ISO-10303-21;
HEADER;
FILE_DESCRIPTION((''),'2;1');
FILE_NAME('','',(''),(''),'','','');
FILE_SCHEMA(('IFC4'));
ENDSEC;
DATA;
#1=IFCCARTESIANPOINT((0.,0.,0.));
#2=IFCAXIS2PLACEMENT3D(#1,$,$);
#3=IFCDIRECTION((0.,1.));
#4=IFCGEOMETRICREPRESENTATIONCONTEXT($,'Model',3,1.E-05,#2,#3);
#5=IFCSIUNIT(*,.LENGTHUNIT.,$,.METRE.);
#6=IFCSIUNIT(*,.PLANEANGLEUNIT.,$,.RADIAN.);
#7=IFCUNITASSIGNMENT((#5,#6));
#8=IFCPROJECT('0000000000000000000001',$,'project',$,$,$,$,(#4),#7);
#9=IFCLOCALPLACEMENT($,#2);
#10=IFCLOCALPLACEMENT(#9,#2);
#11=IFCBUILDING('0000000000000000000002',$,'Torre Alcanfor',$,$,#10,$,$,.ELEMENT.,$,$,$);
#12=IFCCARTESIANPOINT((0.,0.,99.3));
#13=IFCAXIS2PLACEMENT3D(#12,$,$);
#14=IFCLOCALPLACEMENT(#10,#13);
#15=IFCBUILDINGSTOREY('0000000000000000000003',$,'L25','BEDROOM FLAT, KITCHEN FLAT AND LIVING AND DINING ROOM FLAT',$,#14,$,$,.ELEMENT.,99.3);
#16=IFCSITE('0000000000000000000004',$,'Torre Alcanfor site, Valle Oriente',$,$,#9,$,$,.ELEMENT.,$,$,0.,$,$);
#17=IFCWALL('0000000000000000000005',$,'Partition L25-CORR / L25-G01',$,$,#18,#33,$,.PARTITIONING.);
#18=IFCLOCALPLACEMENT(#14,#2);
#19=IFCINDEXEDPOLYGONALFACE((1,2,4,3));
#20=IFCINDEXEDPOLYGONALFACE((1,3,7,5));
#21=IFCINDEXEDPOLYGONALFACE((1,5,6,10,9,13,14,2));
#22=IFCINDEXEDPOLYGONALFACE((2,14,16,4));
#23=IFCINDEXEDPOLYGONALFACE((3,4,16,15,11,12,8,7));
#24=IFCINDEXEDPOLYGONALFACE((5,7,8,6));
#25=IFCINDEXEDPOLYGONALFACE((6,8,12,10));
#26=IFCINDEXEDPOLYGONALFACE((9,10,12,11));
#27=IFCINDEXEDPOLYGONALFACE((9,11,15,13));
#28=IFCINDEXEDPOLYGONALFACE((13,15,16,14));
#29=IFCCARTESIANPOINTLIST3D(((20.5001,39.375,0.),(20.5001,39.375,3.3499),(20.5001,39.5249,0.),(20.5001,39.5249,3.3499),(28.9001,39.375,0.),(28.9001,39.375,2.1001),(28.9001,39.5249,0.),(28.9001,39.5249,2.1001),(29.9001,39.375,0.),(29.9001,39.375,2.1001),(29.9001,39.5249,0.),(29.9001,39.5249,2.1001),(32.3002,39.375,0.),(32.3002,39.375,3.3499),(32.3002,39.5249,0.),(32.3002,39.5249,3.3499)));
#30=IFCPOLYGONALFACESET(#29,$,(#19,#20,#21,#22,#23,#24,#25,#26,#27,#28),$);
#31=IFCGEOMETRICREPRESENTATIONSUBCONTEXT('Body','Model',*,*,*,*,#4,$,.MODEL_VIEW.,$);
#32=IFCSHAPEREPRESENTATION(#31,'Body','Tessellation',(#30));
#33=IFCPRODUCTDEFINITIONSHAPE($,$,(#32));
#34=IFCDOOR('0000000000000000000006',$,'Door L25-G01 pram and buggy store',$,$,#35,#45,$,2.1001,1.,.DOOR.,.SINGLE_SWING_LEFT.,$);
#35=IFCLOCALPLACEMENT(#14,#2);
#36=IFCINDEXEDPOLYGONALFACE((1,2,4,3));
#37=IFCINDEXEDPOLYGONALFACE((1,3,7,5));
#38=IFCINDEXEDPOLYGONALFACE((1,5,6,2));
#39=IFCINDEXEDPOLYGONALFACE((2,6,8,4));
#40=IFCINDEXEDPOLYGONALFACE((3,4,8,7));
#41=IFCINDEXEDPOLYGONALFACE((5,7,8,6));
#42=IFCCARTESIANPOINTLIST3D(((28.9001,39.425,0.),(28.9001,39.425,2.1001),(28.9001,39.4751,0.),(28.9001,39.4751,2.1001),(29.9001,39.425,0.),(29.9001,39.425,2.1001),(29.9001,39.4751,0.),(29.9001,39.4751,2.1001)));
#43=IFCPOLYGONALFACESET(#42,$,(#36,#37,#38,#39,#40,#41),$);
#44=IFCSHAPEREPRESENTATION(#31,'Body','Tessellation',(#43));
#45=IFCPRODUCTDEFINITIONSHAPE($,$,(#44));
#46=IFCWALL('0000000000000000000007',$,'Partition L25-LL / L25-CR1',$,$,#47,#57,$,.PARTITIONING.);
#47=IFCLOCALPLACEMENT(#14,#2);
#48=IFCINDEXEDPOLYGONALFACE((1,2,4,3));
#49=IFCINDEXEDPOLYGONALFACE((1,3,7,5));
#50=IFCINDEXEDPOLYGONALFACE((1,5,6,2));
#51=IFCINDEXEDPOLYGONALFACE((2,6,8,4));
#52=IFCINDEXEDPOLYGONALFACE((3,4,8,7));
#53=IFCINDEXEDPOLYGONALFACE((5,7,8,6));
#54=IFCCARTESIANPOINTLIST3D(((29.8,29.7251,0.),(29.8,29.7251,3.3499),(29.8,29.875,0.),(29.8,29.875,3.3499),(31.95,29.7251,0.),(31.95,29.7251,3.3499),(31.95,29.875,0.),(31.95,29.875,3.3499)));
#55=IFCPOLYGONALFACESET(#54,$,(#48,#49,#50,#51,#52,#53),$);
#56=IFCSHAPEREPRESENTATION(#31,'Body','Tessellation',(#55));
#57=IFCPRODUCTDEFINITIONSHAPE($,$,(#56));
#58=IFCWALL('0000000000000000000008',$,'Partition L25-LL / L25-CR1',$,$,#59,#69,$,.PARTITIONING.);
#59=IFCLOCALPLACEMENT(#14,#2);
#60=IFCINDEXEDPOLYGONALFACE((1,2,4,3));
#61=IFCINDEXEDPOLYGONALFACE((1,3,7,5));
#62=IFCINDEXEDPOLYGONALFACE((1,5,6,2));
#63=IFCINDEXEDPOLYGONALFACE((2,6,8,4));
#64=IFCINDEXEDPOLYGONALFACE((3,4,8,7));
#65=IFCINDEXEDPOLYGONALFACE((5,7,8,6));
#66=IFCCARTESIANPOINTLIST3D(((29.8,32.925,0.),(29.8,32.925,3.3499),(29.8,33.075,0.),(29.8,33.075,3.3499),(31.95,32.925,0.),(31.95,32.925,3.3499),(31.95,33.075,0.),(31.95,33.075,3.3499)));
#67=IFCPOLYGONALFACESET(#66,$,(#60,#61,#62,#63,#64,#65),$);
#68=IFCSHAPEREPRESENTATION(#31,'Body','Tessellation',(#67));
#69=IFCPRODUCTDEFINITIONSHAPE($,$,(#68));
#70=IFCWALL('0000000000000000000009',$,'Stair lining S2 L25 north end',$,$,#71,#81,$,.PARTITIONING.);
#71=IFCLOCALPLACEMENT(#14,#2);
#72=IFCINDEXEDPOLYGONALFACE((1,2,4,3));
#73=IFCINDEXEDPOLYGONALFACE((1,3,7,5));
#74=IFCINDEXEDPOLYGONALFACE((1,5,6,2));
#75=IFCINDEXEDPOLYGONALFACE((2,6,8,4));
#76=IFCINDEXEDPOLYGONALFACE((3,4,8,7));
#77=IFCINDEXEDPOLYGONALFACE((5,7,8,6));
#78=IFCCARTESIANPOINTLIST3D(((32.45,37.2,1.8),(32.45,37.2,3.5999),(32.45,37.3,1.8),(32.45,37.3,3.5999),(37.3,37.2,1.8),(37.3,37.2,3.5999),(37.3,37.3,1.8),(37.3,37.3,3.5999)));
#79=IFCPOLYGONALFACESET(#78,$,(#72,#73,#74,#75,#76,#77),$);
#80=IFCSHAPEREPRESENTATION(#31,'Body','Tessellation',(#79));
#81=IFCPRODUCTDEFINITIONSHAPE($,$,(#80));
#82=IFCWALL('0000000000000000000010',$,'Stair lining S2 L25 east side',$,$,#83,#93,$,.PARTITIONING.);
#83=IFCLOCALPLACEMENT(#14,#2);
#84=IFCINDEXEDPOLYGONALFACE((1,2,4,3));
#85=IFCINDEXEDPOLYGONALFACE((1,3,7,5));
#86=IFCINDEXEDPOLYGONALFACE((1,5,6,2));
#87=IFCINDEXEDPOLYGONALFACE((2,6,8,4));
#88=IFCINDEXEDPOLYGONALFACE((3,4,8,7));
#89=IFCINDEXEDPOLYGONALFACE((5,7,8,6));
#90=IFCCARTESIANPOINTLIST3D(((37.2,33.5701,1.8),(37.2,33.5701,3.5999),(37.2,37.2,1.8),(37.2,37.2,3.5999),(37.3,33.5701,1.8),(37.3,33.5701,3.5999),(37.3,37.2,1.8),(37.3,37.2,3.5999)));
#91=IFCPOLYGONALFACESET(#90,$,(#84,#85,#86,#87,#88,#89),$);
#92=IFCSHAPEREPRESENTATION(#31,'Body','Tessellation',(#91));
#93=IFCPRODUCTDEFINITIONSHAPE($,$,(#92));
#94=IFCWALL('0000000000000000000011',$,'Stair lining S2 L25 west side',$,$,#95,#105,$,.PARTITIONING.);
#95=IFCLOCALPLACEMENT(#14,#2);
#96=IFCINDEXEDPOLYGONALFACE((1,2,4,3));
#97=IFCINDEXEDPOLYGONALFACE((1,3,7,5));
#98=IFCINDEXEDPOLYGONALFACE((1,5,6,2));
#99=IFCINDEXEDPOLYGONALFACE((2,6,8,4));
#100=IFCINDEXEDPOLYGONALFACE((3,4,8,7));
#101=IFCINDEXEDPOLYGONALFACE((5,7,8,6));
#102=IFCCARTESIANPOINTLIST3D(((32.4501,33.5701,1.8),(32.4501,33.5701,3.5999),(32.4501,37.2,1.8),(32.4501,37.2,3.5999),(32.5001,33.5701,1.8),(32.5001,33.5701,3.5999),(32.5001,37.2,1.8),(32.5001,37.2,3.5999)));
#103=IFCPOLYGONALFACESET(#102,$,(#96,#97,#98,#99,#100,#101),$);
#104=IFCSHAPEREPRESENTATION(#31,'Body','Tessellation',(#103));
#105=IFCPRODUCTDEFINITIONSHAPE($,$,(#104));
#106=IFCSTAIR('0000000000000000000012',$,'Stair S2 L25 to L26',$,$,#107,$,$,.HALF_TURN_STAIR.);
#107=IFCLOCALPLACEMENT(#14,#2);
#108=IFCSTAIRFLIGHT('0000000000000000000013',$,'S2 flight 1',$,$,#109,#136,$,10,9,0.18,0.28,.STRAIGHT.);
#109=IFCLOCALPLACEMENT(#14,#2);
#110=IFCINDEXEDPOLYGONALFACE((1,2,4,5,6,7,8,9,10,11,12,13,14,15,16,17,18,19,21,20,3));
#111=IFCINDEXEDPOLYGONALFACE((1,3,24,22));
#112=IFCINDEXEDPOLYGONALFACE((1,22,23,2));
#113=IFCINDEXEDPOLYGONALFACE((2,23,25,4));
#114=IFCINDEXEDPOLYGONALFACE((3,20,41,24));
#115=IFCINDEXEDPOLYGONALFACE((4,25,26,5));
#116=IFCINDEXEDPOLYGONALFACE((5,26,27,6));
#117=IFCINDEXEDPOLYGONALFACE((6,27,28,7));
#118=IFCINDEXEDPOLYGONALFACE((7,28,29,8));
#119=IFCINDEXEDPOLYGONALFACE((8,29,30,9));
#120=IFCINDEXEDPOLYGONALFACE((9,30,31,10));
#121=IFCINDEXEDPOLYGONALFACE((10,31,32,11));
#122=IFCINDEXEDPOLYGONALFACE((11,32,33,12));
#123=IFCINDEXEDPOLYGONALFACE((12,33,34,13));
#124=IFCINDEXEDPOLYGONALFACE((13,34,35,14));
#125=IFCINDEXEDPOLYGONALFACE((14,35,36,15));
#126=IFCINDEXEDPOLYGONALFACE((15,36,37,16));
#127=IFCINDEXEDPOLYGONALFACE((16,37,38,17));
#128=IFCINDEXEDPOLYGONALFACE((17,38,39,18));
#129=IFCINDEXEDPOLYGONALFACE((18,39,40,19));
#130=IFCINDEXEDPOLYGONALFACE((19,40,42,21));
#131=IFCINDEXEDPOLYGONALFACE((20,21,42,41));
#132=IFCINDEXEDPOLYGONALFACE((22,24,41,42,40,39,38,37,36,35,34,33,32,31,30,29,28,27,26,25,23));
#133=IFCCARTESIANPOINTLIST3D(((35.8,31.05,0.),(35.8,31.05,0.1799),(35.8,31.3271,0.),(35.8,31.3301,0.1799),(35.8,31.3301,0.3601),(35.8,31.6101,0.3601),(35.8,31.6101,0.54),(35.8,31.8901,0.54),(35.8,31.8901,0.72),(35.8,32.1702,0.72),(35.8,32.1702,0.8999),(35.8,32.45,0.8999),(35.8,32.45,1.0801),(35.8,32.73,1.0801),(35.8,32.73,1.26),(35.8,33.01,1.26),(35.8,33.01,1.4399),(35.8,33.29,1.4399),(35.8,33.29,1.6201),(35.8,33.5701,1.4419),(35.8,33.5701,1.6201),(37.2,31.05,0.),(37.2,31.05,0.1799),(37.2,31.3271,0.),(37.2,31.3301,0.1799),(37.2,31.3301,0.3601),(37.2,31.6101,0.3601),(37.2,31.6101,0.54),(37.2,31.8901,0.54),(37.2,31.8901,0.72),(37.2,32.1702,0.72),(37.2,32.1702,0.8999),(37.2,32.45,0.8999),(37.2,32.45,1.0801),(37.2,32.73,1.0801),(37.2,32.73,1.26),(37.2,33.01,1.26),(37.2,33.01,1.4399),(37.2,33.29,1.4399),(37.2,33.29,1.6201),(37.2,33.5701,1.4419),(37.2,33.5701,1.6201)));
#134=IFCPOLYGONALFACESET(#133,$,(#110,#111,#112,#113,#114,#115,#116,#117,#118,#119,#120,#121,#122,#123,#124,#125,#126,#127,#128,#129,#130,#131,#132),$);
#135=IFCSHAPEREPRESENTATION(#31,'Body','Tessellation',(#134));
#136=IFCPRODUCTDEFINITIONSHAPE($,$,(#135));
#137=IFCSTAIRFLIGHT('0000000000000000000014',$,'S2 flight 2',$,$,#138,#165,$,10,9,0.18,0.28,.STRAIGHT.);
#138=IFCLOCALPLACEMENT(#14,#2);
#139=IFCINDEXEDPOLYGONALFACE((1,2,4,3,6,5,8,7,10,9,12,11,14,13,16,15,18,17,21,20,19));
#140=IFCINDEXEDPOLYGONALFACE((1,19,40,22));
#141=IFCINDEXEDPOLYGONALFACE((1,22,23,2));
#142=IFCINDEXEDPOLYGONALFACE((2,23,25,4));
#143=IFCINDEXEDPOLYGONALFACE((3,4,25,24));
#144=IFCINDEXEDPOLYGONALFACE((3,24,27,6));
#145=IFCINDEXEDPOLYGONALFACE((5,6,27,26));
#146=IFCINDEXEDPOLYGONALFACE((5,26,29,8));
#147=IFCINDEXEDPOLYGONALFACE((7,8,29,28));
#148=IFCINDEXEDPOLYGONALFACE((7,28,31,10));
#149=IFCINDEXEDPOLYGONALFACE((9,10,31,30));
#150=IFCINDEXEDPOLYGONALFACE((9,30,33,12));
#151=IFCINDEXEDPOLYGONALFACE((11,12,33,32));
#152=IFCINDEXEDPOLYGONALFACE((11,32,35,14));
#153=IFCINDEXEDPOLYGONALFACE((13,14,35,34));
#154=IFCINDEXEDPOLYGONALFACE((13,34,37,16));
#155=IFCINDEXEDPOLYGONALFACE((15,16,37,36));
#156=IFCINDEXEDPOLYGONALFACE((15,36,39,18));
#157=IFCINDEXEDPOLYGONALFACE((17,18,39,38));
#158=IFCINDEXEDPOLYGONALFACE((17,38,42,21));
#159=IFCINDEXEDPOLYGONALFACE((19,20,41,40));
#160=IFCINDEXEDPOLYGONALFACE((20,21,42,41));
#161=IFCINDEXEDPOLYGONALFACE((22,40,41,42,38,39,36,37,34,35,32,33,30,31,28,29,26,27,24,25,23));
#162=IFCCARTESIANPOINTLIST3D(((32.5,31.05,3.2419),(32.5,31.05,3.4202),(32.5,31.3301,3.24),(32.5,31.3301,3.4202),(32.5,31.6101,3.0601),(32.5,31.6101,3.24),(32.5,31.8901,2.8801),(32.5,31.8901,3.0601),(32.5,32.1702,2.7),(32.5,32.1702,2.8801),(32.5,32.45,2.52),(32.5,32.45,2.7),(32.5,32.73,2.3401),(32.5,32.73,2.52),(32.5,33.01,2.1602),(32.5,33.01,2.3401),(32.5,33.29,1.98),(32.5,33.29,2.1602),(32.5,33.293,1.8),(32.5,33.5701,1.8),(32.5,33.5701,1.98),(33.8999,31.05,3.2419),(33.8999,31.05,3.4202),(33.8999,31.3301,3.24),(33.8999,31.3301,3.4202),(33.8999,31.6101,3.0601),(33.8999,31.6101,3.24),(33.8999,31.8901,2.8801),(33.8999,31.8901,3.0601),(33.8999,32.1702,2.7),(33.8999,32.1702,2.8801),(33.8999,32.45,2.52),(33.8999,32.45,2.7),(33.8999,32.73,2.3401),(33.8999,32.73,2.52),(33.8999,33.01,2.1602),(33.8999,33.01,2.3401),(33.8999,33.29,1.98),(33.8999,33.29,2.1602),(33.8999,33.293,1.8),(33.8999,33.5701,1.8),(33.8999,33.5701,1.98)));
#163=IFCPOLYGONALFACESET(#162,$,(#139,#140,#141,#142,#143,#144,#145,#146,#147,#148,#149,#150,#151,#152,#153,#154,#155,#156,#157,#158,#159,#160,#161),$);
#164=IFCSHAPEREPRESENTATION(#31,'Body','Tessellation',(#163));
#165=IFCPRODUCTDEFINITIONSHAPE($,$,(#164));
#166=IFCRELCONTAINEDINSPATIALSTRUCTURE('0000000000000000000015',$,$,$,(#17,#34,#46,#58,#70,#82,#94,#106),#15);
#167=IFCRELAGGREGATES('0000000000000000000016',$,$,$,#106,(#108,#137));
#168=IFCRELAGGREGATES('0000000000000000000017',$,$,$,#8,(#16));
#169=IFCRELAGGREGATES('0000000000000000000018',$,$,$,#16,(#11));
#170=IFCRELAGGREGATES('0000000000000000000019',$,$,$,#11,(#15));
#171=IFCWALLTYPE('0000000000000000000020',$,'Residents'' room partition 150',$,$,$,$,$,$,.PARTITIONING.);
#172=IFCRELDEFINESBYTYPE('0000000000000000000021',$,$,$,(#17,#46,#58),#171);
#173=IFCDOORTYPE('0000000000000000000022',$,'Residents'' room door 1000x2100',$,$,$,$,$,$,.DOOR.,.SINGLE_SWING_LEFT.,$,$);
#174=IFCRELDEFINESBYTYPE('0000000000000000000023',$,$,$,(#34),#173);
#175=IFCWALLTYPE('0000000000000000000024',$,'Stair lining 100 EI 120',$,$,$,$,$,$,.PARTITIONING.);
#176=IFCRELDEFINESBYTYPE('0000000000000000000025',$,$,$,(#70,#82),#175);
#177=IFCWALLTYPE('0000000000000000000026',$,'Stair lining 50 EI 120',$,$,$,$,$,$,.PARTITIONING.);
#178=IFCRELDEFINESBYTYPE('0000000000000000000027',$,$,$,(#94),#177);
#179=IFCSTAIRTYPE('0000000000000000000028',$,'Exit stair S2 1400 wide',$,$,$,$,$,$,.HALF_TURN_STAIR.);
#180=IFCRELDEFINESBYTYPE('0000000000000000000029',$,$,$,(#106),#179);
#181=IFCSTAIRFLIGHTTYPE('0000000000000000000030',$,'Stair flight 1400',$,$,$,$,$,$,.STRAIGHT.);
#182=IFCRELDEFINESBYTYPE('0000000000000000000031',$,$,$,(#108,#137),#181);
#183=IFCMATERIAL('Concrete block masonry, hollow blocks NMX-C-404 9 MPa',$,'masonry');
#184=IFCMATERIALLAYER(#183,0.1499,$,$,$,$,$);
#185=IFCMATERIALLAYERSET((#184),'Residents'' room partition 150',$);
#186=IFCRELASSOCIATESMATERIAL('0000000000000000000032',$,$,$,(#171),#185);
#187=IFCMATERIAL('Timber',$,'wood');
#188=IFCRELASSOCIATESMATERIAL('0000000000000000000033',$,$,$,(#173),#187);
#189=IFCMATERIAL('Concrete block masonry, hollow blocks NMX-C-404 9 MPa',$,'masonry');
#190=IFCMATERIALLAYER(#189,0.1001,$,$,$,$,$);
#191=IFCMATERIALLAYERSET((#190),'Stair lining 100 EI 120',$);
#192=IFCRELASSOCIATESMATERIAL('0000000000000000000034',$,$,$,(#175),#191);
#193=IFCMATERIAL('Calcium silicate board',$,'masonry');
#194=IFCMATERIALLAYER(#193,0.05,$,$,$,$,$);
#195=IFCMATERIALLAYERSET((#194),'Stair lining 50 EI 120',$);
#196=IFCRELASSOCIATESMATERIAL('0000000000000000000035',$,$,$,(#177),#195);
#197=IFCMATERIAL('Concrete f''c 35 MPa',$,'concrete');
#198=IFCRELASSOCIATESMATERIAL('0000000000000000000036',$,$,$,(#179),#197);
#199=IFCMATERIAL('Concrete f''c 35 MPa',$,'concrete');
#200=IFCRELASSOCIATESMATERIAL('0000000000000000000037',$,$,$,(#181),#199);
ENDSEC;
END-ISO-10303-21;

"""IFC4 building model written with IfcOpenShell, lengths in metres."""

from ifc_helpers import new_model, si_unit, direction, frame, frame_2d, origin, place, context, subcontext, project, spatial, polyline, rectangle, outline, extrude, material, layer, layer_set, type_object, element, fill, aggregate, save


model = new_model("IFC4")

# Units and contexts
model_context = context("Model", 3, precision=1e-05, world=origin(), true_north=direction((0.0, 1.0)))
body_context = subcontext(model_context, "Body", "Model", "MODEL_VIEW")
ifc_project = project(units=[si_unit("LENGTHUNIT", "METRE"), si_unit("PLANEANGLEUNIT", "RADIAN")], contexts=[model_context])

# Site, building, storey
site_placement = place(None, origin())
site = spatial("IfcSite", under=ifc_project, at=site_placement, Name="Torre Alcanfor site, Valle Oriente", CompositionType="ELEMENT", RefElevation=0.0)
building_placement = place(site_placement, origin())
building = spatial("IfcBuilding", under=site, at=building_placement, Name="Torre Alcanfor", CompositionType="ELEMENT")
storey_placement = place(building_placement, frame((0.0, 0.0, 99.3)))
storey = spatial("IfcBuildingStorey", under=building, at=storey_placement, Name="L25", Description="BEDROOM FLAT, KITCHEN FLAT AND LIVING AND DINING ROOM FLAT", CompositionType="ELEMENT", Elevation=99.3)

# Shared definitions
ifc_material_1 = material(Name="Concrete block masonry, hollow blocks NMX-C-404 9 MPa", Category="masonry")
ifc_layer_1 = layer(ifc_material_1, 0.1499)
ifc_layer_set_1 = layer_set([ifc_layer_1], Name="Residents' room partition 150")
wall_type_1 = type_object("IfcWallType", Name="Residents' room partition 150", PredefinedType="PARTITIONING", material=ifc_layer_set_1)

# Wall, opening, door
wall_1_placement = place(storey_placement, frame((32.3, 39.45, 0.0), z_axis=(0.0, 0.0, 1.0), x_axis=(-1.0, 0.0, 0.0)))
wall_1 = element("IfcWall", 1, at=wall_1_placement, inside=storey, type_object=wall_type_1, Name="Partition L25-CORR / L25-G01", PredefinedType="PARTITIONING", context=body_context, shape_type="SweptSolid", body=[
    extrude(rectangle(XDim=11.8, YDim=0.1499, at=frame_2d((5.8999, 0.0))), origin(), (0.0, 0.0, 1.0), 3.3499),
])
opening_1_placement = place(wall_1_placement, frame((2.3999, 0.0, 0.0)))
opening_1 = element("IfcOpeningElement", 2, at=opening_1_placement, cuts=wall_1, PredefinedType="OPENING", context=body_context, shape_type="SweptSolid", body=[
    extrude(rectangle(XDim=1.0, YDim=2.1001, at=frame_2d((0.5, 1.05))), frame((0.0, 0.085, 0.0), z_axis=(0.0, -1.0, 0.0), x_axis=(1.0, 0.0, 0.0)), (0.0, 0.0, 1.0), 0.1699),
])
ifc_material_2 = material(Name="Timber", Category="wood")
door_type_1 = type_object("IfcDoorType", Name="Residents' room door 1000x2100", OperationType="SINGLE_SWING_LEFT", PredefinedType="DOOR", material=ifc_material_2)
door_1_placement = place(opening_1_placement, origin())
door_1 = element("IfcDoor", 3, at=door_1_placement, inside=storey, type_object=door_type_1, Name="Door L25-G01 pram and buggy store", OperationType="SINGLE_SWING_LEFT", OverallHeight=2.1001, OverallWidth=1.0, PredefinedType="DOOR", context=body_context, shape_type="SweptSolid", body=[
    extrude(rectangle(XDim=1.0, YDim=2.1001, at=frame_2d((0.5, 1.05))), frame((0.0, 0.0249, 0.0), z_axis=(0.0, -1.0, 0.0), x_axis=(1.0, 0.0, 0.0)), (0.0, 0.0, 1.0), 0.05),
])
fill(opening_1, door_1)

# Walls
for number, where, z_axis, x_axis, name in (
    (4, (31.95, 29.8, 0.0), (0.0, 0.0, 1.0), (-1.0, 0.0, 0.0), "Partition L25-LL / L25-CR1"),
    (5, (29.8, 33.0, 0.0), (0.0, 0.0, 1.0), (1.0, 0.0, 0.0), "Partition L25-LL / L25-CR1"),
):
    element("IfcWall", number, at=place(storey_placement, frame(where, z_axis=z_axis, x_axis=x_axis)), inside=storey, type_object=wall_type_1, Name=name, PredefinedType="PARTITIONING", context=body_context, shape_type="SweptSolid", body=[
        extrude(rectangle(XDim=2.1499, YDim=0.1499, at=frame_2d((1.075, 0.0))), origin(), (0.0, 0.0, 1.0), 3.3499),
    ])
ifc_material_3 = material(Name="Concrete block masonry, hollow blocks NMX-C-404 9 MPa", Category="masonry")
ifc_layer_2 = layer(ifc_material_3, 0.1001)
ifc_layer_set_2 = layer_set([ifc_layer_2], Name="Stair lining 100 EI 120")
wall_type_2 = type_object("IfcWallType", Name="Stair lining 100 EI 120", PredefinedType="PARTITIONING", material=ifc_layer_set_2)
wall_2_placement = place(storey_placement, frame((32.45, 37.25, 1.8), z_axis=(0.0, 0.0, 1.0), x_axis=(1.0, 0.0, 0.0)))
element("IfcWall", 6, at=wall_2_placement, inside=storey, type_object=wall_type_2, Name="Stair lining S2 L25 north end", PredefinedType="PARTITIONING", context=body_context, shape_type="SweptSolid", body=[
    extrude(rectangle(XDim=4.8501, YDim=0.1001, at=frame_2d((2.425, 0.0))), origin(), (0.0, 0.0, 1.0), 1.7998),
])
wall_3_placement = place(storey_placement, frame((37.25, 33.5701, 1.8), z_axis=(0.0, 0.0, 1.0), x_axis=(0.0, 1.0, 0.0)))
element("IfcWall", 7, at=wall_3_placement, inside=storey, type_object=wall_type_2, Name="Stair lining S2 L25 east side", PredefinedType="PARTITIONING", context=body_context, shape_type="SweptSolid", body=[
    extrude(rectangle(XDim=3.6299, YDim=0.1001, at=frame_2d((1.8149, 0.0))), origin(), (0.0, 0.0, 1.0), 1.7998),
])
ifc_material_4 = material(Name="Calcium silicate board", Category="masonry")
ifc_layer_3 = layer(ifc_material_4, 0.05)
ifc_layer_set_3 = layer_set([ifc_layer_3], Name="Stair lining 50 EI 120")
wall_type_3 = type_object("IfcWallType", Name="Stair lining 50 EI 120", PredefinedType="PARTITIONING", material=ifc_layer_set_3)
wall_4_placement = place(storey_placement, frame((32.4751, 33.5701, 1.8), z_axis=(0.0, 0.0, 1.0), x_axis=(0.0, 1.0, 0.0)))
element("IfcWall", 8, at=wall_4_placement, inside=storey, type_object=wall_type_3, Name="Stair lining S2 L25 west side", PredefinedType="PARTITIONING", context=body_context, shape_type="SweptSolid", body=[
    extrude(rectangle(XDim=3.6299, YDim=0.05, at=frame_2d((1.8149, 0.0))), origin(), (0.0, 0.0, 1.0), 1.7998),
])

# Stair, stair flights
ifc_material_5 = material(Name="Concrete f'c 35 MPa", Category="concrete")
stair_type = type_object("IfcStairType", Name="Exit stair S2 1400 wide", PredefinedType="HALF_TURN_STAIR", material=ifc_material_5)
stair_placement = place(storey_placement, origin())
stair = element("IfcStair", 9, at=stair_placement, inside=storey, type_object=stair_type, Name="Stair S2 L25 to L26", PredefinedType="HALF_TURN_STAIR")
ifc_material_6 = material(Name="Concrete f'c 35 MPa", Category="concrete")
stair_flight_type = type_object("IfcStairFlightType", Name="Stair flight 1400", PredefinedType="STRAIGHT", material=ifc_material_6)
stair_flight_1_placement = place(storey_placement, frame((36.5, 31.05, 0.0), z_axis=(0.0, 0.0, 1.0), x_axis=(0.0, 1.0, 0.0)))
stair_flight_1 = element("IfcStairFlight", 10, at=stair_flight_1_placement, type_object=stair_flight_type, Name="S2 flight 1", NumberOfRisers=10, NumberOfTreads=9, PredefinedType="STRAIGHT", RiserHeight=0.18, TreadLength=0.28, context=body_context, shape_type="SweptSolid", body=[
    extrude(outline(polyline([(0.0, 0.0), (0.0, 0.1799), (0.28, 0.1799), (0.28, 0.3601), (0.5601, 0.3601), (0.5601, 0.54), (0.8401, 0.54), (0.8401, 0.72), (1.1201, 0.72), (1.1201, 0.8999), (1.3999, 0.8999), (1.3999, 1.0801), (1.6799, 1.0801), (1.6799, 1.26), (1.96, 1.26), (1.96, 1.4399), (2.24, 1.4399), (2.24, 1.6201), (2.52, 1.6201), (2.52, 1.8), (2.52, 1.4419), (0.2771, 0.0), (0.0, 0.0)])), frame((0.0, 0.7, 0.0), z_axis=(0.0, -1.0, 0.0), x_axis=(1.0, 0.0, 0.0)), (0.0, 0.0, 1.0), 1.3999),
])
stair_flight_2_placement = place(storey_placement, frame((33.2, 33.5701, 1.8), z_axis=(0.0, 0.0, 1.0), x_axis=(0.0, -1.0, 0.0)))
stair_flight_2 = element("IfcStairFlight", 11, at=stair_flight_2_placement, type_object=stair_flight_type, Name="S2 flight 2", NumberOfRisers=10, NumberOfTreads=9, PredefinedType="STRAIGHT", RiserHeight=0.18, TreadLength=0.28, context=body_context, shape_type="SweptSolid", body=[
    extrude(outline(polyline([(0.0, 0.0), (0.0, 0.1799), (0.28, 0.1799), (0.28, 0.3601), (0.5601, 0.3601), (0.5601, 0.54), (0.8401, 0.54), (0.8401, 0.72), (1.1201, 0.72), (1.1201, 0.8999), (1.3999, 0.8999), (1.3999, 1.0801), (1.6799, 1.0801), (1.6799, 1.26), (1.96, 1.26), (1.96, 1.4399), (2.24, 1.4399), (2.24, 1.6201), (2.52, 1.6201), (2.52, 1.8), (2.52, 1.4419), (0.2771, 0.0), (0.0, 0.0)])), frame((0.0, 0.7, 0.0), z_axis=(0.0, -1.0, 0.0), x_axis=(1.0, 0.0, 0.0)), (0.0, 0.0, 1.0), 1.3999),
])
aggregate(stair, [stair_flight_1, stair_flight_2])

save(model, "model.ifc")
